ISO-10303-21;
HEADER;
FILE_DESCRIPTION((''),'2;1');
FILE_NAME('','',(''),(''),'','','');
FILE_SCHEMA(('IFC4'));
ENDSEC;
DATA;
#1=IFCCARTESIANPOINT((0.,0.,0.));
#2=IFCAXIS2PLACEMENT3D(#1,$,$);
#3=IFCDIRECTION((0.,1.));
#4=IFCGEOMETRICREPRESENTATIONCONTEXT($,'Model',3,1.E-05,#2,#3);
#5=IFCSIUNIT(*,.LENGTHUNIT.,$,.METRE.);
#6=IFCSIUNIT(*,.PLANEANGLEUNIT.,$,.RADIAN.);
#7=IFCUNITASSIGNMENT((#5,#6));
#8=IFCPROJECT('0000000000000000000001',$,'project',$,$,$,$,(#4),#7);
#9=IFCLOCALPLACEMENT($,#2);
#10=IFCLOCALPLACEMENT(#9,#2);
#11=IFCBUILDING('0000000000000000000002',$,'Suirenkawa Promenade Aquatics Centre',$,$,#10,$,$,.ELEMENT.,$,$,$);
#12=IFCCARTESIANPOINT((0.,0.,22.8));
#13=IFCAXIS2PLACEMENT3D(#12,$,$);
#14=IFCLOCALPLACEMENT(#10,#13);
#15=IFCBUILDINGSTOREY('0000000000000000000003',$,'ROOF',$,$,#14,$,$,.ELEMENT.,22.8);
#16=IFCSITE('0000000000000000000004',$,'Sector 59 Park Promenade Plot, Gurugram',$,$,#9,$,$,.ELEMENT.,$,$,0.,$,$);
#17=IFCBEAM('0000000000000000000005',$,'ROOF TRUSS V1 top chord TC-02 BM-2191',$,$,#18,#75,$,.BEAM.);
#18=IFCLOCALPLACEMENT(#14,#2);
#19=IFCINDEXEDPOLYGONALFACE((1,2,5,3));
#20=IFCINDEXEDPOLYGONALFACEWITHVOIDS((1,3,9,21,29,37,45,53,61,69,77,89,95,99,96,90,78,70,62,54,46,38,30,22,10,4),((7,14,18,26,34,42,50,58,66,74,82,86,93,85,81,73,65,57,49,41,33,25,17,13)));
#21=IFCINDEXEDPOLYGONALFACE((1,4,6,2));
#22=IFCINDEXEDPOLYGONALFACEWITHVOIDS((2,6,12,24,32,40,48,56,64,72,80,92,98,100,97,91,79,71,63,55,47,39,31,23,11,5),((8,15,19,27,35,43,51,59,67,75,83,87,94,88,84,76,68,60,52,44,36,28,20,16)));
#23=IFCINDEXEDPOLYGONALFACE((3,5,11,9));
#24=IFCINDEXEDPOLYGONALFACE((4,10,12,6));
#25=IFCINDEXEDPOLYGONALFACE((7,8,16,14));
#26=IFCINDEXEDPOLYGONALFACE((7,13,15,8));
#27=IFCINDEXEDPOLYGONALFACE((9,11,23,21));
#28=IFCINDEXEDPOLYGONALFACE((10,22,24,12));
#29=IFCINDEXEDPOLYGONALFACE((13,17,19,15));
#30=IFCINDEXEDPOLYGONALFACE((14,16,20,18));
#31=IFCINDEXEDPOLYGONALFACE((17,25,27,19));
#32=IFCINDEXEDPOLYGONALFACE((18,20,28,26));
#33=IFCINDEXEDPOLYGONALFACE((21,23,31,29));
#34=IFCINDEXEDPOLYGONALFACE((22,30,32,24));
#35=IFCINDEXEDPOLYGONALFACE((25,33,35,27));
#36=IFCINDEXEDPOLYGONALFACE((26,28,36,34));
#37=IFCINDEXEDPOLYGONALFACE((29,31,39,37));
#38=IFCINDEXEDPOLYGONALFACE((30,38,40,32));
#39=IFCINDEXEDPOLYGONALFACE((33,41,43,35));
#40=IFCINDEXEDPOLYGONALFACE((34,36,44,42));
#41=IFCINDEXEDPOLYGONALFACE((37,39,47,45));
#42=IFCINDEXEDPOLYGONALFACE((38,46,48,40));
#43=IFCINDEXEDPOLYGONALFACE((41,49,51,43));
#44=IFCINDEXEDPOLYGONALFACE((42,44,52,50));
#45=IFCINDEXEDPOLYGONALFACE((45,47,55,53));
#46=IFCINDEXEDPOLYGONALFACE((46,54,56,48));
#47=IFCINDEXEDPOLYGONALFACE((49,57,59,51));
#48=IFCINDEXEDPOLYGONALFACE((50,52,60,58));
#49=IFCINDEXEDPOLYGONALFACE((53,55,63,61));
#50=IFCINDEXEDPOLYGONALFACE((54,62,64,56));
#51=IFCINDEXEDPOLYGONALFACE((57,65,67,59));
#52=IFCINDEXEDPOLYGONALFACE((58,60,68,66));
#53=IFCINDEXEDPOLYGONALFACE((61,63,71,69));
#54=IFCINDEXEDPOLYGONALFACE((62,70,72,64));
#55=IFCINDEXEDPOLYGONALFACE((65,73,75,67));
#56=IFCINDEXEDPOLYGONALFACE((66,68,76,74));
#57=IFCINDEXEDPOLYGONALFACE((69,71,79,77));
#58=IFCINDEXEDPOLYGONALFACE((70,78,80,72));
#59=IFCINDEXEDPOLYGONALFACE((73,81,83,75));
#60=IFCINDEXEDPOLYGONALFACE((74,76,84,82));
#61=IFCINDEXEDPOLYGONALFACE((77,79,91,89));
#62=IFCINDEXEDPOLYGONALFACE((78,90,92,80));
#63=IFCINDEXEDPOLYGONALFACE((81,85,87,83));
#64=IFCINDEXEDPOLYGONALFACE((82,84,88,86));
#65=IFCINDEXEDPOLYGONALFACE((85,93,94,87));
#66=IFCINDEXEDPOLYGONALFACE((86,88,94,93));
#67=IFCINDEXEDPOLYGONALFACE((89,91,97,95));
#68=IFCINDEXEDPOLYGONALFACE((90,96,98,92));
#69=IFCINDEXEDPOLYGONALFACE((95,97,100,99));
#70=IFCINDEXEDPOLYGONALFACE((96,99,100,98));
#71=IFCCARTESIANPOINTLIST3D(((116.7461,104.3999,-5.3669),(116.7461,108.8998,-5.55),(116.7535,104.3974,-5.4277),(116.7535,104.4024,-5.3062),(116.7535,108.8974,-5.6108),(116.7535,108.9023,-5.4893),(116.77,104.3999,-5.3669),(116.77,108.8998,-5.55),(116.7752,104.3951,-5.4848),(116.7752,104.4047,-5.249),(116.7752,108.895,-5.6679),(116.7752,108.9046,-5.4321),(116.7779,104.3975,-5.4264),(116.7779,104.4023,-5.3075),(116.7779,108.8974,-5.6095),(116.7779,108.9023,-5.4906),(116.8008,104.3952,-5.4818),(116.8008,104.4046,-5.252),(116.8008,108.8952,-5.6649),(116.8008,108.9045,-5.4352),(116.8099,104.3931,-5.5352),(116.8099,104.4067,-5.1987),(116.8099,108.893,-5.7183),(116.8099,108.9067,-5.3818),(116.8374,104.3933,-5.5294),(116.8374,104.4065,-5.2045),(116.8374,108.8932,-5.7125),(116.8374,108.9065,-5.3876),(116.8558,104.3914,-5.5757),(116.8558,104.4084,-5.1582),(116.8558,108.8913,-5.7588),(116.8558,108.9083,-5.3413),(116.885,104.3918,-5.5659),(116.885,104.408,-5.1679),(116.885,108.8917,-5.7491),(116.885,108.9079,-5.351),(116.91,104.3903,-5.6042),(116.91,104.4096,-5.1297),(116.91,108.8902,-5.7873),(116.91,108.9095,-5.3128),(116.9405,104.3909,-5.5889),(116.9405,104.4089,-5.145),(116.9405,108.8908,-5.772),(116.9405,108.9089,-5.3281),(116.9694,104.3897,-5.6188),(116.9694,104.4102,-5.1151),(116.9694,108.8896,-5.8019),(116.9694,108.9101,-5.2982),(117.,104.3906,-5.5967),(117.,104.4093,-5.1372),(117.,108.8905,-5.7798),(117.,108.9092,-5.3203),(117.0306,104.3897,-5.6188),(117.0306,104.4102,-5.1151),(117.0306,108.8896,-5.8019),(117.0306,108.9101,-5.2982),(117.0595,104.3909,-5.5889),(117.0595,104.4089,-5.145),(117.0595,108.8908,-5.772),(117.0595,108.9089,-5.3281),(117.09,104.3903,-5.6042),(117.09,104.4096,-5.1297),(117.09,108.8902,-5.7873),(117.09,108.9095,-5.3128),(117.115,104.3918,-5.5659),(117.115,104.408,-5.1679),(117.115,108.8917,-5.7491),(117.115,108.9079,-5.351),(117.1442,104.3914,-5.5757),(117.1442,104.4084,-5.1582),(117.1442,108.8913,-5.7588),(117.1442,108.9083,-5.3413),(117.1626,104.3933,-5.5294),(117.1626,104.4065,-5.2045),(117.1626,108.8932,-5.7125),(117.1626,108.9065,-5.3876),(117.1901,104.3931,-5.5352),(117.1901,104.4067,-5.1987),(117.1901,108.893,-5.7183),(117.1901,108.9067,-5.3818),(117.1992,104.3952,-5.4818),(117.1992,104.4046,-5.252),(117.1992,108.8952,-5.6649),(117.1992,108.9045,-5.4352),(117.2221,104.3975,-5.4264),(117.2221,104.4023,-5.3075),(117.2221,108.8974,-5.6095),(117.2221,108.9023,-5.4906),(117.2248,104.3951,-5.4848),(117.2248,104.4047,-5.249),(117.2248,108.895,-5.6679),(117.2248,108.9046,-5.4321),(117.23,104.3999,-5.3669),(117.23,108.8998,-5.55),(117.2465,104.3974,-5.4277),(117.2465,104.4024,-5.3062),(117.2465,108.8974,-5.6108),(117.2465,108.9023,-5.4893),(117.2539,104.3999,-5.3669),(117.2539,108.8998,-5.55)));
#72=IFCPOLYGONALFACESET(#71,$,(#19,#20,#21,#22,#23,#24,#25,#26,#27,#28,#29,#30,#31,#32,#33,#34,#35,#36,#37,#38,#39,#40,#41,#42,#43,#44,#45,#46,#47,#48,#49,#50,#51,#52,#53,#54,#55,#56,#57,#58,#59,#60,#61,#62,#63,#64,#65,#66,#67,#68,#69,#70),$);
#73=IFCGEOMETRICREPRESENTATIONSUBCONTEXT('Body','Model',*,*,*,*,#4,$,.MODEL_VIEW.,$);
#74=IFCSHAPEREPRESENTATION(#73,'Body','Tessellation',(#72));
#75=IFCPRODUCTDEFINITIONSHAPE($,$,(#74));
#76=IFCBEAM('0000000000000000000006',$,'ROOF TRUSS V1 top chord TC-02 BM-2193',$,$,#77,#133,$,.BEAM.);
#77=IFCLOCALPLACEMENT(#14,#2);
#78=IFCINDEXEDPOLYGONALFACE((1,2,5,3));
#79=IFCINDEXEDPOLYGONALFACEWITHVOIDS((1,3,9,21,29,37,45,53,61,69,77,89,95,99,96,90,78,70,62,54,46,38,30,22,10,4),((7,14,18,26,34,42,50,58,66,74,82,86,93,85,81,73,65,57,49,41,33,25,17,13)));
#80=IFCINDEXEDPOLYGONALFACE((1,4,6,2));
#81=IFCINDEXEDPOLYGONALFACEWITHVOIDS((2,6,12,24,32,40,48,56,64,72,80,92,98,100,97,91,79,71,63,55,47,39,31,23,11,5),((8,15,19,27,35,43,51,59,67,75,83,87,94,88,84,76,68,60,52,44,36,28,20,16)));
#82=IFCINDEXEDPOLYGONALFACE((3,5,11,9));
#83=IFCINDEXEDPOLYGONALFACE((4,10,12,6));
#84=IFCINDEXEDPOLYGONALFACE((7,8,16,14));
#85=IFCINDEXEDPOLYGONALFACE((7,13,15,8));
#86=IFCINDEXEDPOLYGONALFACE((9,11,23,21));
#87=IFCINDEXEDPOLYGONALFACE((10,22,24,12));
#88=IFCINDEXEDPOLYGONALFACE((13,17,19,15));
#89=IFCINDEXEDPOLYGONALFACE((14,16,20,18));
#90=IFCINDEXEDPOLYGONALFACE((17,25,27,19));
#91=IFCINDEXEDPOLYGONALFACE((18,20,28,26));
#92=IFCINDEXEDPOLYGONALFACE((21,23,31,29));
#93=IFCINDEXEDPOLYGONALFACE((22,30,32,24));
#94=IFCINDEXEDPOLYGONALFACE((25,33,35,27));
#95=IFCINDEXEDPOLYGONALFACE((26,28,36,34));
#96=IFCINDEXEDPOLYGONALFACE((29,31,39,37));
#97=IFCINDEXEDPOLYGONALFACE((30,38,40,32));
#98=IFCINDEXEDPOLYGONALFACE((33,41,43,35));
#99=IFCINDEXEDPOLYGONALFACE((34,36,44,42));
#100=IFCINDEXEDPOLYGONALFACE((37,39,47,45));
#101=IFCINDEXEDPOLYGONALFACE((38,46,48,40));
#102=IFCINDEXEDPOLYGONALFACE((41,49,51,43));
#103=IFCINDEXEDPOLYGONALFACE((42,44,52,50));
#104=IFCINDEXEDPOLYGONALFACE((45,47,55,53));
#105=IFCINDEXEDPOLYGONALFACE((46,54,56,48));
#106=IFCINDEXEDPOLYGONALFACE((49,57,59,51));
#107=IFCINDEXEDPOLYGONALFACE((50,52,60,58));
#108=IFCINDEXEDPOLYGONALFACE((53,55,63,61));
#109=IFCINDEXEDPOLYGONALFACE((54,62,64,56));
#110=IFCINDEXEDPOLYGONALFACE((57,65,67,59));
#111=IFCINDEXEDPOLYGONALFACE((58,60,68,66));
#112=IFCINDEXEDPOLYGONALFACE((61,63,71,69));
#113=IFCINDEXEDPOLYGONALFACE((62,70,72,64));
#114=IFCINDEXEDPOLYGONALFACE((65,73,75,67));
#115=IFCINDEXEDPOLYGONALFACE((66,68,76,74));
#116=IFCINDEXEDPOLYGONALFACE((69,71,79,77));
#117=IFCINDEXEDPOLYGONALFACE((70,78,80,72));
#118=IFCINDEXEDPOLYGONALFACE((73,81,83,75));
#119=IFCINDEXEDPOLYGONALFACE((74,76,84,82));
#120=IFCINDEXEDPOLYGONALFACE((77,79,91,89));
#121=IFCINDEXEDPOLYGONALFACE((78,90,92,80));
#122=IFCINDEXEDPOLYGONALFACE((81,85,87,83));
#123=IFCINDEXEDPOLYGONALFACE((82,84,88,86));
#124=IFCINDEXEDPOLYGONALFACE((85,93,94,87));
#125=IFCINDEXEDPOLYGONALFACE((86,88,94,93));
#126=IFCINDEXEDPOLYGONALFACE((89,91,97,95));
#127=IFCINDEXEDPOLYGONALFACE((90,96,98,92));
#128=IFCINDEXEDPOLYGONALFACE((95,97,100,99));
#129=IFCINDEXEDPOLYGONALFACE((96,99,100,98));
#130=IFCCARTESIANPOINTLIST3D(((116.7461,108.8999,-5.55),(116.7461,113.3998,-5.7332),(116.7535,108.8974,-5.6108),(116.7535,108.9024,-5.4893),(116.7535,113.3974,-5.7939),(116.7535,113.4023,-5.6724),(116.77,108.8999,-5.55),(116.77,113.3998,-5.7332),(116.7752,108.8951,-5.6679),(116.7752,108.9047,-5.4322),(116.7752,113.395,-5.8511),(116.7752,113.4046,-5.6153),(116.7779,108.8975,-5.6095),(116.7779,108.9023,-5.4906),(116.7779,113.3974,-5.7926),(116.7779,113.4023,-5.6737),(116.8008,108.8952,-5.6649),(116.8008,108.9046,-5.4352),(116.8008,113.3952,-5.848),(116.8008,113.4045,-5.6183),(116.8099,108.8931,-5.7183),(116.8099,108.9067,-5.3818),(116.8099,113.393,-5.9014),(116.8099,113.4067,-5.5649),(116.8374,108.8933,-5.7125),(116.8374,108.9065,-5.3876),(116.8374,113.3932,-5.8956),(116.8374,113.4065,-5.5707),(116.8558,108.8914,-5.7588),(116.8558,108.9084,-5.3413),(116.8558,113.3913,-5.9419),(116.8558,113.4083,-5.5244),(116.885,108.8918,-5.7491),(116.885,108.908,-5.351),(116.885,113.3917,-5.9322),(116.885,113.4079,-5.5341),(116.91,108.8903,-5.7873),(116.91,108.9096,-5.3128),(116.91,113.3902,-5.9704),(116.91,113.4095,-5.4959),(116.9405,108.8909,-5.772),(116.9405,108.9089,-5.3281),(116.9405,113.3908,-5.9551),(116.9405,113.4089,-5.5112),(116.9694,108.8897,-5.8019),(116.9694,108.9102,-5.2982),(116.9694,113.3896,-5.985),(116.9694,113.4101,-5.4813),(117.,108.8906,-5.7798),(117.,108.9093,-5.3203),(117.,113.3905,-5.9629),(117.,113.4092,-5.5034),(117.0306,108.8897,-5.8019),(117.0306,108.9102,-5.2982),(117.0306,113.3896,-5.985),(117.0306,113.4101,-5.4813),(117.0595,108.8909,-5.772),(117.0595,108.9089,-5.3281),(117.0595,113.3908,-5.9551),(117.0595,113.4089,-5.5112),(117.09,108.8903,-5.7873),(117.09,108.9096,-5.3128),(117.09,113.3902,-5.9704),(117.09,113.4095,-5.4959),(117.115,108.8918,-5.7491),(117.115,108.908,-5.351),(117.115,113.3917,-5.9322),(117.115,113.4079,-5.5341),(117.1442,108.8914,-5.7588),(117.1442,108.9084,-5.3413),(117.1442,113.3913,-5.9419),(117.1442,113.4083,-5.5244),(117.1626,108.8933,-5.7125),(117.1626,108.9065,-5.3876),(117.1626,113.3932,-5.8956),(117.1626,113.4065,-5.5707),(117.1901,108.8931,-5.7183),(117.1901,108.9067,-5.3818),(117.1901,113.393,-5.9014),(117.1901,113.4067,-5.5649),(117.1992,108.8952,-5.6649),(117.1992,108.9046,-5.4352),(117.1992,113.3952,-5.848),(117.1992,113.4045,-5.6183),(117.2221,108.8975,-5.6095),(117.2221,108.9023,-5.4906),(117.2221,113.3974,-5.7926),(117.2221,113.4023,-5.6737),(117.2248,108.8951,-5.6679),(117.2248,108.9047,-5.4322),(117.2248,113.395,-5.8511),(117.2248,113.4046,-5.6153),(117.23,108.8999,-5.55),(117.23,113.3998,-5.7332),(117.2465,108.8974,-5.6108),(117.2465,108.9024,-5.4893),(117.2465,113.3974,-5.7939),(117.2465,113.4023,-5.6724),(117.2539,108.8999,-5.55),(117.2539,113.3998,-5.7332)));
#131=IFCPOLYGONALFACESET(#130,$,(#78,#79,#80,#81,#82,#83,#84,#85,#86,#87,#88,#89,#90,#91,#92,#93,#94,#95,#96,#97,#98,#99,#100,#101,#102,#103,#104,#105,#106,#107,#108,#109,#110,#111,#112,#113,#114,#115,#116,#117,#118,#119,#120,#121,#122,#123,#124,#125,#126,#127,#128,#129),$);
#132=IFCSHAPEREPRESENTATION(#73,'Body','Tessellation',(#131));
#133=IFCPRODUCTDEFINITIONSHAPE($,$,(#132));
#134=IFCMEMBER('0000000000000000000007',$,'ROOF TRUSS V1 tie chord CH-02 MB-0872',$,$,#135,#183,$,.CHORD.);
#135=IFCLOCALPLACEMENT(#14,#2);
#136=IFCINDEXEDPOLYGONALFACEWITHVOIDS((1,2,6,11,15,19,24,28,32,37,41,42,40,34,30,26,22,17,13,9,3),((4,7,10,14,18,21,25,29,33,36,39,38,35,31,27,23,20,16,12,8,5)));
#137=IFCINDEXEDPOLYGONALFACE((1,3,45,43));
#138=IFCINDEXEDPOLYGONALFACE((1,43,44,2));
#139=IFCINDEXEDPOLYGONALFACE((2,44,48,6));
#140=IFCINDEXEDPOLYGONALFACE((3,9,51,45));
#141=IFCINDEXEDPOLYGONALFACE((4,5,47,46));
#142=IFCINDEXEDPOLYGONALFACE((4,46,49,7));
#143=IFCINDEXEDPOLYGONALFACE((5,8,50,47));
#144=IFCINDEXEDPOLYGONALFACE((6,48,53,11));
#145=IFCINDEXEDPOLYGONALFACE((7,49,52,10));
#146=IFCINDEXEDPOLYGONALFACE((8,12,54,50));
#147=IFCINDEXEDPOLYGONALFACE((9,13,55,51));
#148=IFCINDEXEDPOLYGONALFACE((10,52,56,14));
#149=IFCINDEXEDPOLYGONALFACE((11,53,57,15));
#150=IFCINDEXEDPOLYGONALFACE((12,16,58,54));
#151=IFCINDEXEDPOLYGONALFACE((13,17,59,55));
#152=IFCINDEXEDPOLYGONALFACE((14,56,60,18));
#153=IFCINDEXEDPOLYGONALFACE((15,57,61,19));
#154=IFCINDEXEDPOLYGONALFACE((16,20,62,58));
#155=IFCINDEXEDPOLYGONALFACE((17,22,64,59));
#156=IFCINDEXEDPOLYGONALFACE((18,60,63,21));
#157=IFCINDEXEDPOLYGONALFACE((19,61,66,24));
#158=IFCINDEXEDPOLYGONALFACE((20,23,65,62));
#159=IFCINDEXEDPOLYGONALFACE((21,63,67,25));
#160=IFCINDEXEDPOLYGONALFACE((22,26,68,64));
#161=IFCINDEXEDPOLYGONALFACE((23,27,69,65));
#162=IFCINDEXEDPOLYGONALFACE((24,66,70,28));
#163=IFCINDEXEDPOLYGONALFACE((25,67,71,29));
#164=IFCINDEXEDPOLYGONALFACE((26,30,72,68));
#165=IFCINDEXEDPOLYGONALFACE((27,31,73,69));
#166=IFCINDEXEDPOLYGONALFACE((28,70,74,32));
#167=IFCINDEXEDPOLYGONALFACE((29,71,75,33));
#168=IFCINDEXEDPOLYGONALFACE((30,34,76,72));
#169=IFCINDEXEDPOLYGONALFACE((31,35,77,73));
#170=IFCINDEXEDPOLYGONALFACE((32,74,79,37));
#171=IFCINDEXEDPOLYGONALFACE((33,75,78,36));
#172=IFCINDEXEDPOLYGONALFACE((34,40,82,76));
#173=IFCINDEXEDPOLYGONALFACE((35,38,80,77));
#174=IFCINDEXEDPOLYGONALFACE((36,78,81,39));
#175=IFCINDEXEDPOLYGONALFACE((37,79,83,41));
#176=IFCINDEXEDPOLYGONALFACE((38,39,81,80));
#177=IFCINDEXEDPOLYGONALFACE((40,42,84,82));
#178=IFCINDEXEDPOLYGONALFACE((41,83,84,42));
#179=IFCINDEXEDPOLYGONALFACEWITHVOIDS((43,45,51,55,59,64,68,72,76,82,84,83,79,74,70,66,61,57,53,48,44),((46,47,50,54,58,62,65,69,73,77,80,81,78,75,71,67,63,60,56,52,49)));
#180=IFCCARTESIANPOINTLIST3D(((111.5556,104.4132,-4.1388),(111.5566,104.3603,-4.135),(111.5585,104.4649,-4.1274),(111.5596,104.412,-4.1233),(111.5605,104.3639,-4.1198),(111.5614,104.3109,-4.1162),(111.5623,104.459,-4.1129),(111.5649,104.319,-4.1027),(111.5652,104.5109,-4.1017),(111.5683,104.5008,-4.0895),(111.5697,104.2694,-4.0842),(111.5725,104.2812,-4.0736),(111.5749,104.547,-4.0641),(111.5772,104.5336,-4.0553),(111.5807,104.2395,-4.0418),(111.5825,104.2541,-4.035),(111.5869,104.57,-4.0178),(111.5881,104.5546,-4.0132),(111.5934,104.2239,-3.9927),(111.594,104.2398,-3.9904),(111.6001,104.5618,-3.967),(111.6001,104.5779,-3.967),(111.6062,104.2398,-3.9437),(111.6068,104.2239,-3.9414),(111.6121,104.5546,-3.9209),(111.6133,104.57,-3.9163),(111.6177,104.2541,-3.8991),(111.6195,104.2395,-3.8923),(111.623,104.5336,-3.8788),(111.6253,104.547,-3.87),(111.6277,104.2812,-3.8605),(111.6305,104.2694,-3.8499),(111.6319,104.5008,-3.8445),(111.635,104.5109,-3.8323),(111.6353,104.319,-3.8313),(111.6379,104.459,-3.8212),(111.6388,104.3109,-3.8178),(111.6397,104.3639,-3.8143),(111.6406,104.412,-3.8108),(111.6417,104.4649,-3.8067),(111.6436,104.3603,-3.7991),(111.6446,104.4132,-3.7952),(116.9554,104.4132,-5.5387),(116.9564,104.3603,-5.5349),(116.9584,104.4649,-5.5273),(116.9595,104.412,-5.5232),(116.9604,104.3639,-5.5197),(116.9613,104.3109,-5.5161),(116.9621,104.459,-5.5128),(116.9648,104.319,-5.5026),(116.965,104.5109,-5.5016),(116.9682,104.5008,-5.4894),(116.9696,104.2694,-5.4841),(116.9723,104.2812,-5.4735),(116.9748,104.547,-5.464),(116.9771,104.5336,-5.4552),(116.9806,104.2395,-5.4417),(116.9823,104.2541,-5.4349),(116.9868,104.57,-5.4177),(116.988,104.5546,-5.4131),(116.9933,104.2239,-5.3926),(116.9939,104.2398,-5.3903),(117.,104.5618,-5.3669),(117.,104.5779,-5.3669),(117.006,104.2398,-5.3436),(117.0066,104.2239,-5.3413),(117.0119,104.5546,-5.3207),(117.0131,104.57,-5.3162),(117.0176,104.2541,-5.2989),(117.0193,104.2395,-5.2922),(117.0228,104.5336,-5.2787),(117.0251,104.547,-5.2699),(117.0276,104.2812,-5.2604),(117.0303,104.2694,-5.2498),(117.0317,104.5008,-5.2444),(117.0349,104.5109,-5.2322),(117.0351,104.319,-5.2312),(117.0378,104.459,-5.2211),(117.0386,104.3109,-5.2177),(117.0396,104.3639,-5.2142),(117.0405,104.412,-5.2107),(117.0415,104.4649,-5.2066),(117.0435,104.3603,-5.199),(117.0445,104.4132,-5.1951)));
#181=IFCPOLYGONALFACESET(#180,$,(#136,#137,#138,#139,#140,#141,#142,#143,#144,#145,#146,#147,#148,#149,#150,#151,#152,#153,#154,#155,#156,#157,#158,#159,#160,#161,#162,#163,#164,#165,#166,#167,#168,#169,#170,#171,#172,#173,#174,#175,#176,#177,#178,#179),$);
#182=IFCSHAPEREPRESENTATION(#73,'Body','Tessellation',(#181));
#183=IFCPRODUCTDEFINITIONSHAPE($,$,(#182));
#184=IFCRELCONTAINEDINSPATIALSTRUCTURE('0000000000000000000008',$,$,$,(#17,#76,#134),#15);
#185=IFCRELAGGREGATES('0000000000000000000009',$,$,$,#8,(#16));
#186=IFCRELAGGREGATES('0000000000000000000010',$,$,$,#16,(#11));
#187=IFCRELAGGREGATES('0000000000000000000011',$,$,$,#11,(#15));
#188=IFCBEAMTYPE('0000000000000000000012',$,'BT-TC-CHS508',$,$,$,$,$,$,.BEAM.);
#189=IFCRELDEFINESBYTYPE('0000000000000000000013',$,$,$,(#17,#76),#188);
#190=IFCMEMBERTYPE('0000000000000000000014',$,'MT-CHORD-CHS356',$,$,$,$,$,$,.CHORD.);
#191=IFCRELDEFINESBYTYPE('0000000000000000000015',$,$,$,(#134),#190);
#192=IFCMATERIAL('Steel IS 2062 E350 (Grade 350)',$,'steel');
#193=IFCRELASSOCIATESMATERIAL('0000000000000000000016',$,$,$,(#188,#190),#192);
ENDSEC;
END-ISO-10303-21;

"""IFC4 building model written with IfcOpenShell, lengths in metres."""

from ifc_helpers import new_model, si_unit, direction, frame, origin, origin_2d, place, context, subcontext, project, spatial, hollow_circle, extrude, material, material_profile, profile_set, type_object, element, save


model = new_model("IFC4")

# Units and contexts
model_context = context("Model", 3, precision=1e-05, world=origin(), true_north=direction((0.0, 1.0)))
body_context = subcontext(model_context, "Body", "Model", "MODEL_VIEW")
ifc_project = project(units=[si_unit("LENGTHUNIT", "METRE"), si_unit("PLANEANGLEUNIT", "RADIAN")], contexts=[model_context])

# Site, building, storey
site_placement = place(None, origin())
site = spatial("IfcSite", under=ifc_project, at=site_placement, Name="Sector 59 Park Promenade Plot, Gurugram", CompositionType="ELEMENT", RefElevation=0.0)
building_placement = place(site_placement, origin())
building = spatial("IfcBuilding", under=site, at=building_placement, Name="Suirenkawa Promenade Aquatics Centre", CompositionType="ELEMENT")
storey_placement = place(building_placement, frame((0.0, 0.0, 22.8)))
storey = spatial("IfcBuildingStorey", under=building, at=storey_placement, Name="ROOF", CompositionType="ELEMENT", Elevation=22.8)

# Beams
ifc_material = material(Name="Steel IS 2062 E350 (Grade 350)", Category="steel")
ifc_material_profile_1 = material_profile(ifc_material, hollow_circle(Radius=0.2539, WallThickness=0.0239, at=origin_2d()), Name="CHS 508x24", Category="steel")
ifc_profile_set_1 = profile_set([ifc_material_profile_1], Name="Steel IS 2062 E350 (Grade 350)")
beam_type_1 = type_object("IfcBeamType", Name="BT-TC-CHS508", PredefinedType="BEAM", material=ifc_profile_set_1)
for number, where, z_axis, x_axis, name in (
    (1, (117.0, 104.3999, -5.3669), (0.0, 0.999173, -0.040656), (-1.0, 0.0, 0.0), "ROOF TRUSS V1 top chord TC-02 BM-2191"),
    (2, (117.0, 108.8999, -5.55), (0.0, 0.999173, -0.040656), (-1.0, 0.0, 0.0), "ROOF TRUSS V1 top chord TC-02 BM-2193"),
):
    element("IfcBeam", number, at=place(storey_placement, frame(where, z_axis=z_axis, x_axis=x_axis)), inside=storey, type_object=beam_type_1, Name=name, PredefinedType="BEAM", context=body_context, shape_type="SweptSolid", body=[
        extrude(hollow_circle(Radius=0.2539, WallThickness=0.0239, at=origin_2d()), origin(), (0.0, 0.0, 1.0), 4.5037),
    ])

# Member
ifc_material_profile_2 = material_profile(ifc_material, hollow_circle(Radius=0.178, WallThickness=0.0161, at=origin_2d()), Name="CHS 356x16", Category="steel")
ifc_profile_set_2 = profile_set([ifc_material_profile_2], Name="Steel IS 2062 E350 (Grade 350)")
member_type_1 = type_object("IfcMemberType", Name="MT-CHORD-CHS356", PredefinedType="CHORD", material=ifc_profile_set_2)
member_1_placement = place(storey_placement, frame((111.6001, 104.3999, -3.967), z_axis=(0.968, 0.0, -0.25095), x_axis=(0.0, 1.0, 0.0)))
element("IfcMember", 3, at=member_1_placement, inside=storey, type_object=member_type_1, Name="ROOF TRUSS V1 tie chord CH-02 MB-0872", PredefinedType="CHORD", context=body_context, shape_type="SweptSolid", body=[
    extrude(hollow_circle(Radius=0.178, WallThickness=0.0161, at=origin_2d()), origin(), (0.0, 0.0, 1.0), 5.5784),
])

save(model, "model.ifc")
